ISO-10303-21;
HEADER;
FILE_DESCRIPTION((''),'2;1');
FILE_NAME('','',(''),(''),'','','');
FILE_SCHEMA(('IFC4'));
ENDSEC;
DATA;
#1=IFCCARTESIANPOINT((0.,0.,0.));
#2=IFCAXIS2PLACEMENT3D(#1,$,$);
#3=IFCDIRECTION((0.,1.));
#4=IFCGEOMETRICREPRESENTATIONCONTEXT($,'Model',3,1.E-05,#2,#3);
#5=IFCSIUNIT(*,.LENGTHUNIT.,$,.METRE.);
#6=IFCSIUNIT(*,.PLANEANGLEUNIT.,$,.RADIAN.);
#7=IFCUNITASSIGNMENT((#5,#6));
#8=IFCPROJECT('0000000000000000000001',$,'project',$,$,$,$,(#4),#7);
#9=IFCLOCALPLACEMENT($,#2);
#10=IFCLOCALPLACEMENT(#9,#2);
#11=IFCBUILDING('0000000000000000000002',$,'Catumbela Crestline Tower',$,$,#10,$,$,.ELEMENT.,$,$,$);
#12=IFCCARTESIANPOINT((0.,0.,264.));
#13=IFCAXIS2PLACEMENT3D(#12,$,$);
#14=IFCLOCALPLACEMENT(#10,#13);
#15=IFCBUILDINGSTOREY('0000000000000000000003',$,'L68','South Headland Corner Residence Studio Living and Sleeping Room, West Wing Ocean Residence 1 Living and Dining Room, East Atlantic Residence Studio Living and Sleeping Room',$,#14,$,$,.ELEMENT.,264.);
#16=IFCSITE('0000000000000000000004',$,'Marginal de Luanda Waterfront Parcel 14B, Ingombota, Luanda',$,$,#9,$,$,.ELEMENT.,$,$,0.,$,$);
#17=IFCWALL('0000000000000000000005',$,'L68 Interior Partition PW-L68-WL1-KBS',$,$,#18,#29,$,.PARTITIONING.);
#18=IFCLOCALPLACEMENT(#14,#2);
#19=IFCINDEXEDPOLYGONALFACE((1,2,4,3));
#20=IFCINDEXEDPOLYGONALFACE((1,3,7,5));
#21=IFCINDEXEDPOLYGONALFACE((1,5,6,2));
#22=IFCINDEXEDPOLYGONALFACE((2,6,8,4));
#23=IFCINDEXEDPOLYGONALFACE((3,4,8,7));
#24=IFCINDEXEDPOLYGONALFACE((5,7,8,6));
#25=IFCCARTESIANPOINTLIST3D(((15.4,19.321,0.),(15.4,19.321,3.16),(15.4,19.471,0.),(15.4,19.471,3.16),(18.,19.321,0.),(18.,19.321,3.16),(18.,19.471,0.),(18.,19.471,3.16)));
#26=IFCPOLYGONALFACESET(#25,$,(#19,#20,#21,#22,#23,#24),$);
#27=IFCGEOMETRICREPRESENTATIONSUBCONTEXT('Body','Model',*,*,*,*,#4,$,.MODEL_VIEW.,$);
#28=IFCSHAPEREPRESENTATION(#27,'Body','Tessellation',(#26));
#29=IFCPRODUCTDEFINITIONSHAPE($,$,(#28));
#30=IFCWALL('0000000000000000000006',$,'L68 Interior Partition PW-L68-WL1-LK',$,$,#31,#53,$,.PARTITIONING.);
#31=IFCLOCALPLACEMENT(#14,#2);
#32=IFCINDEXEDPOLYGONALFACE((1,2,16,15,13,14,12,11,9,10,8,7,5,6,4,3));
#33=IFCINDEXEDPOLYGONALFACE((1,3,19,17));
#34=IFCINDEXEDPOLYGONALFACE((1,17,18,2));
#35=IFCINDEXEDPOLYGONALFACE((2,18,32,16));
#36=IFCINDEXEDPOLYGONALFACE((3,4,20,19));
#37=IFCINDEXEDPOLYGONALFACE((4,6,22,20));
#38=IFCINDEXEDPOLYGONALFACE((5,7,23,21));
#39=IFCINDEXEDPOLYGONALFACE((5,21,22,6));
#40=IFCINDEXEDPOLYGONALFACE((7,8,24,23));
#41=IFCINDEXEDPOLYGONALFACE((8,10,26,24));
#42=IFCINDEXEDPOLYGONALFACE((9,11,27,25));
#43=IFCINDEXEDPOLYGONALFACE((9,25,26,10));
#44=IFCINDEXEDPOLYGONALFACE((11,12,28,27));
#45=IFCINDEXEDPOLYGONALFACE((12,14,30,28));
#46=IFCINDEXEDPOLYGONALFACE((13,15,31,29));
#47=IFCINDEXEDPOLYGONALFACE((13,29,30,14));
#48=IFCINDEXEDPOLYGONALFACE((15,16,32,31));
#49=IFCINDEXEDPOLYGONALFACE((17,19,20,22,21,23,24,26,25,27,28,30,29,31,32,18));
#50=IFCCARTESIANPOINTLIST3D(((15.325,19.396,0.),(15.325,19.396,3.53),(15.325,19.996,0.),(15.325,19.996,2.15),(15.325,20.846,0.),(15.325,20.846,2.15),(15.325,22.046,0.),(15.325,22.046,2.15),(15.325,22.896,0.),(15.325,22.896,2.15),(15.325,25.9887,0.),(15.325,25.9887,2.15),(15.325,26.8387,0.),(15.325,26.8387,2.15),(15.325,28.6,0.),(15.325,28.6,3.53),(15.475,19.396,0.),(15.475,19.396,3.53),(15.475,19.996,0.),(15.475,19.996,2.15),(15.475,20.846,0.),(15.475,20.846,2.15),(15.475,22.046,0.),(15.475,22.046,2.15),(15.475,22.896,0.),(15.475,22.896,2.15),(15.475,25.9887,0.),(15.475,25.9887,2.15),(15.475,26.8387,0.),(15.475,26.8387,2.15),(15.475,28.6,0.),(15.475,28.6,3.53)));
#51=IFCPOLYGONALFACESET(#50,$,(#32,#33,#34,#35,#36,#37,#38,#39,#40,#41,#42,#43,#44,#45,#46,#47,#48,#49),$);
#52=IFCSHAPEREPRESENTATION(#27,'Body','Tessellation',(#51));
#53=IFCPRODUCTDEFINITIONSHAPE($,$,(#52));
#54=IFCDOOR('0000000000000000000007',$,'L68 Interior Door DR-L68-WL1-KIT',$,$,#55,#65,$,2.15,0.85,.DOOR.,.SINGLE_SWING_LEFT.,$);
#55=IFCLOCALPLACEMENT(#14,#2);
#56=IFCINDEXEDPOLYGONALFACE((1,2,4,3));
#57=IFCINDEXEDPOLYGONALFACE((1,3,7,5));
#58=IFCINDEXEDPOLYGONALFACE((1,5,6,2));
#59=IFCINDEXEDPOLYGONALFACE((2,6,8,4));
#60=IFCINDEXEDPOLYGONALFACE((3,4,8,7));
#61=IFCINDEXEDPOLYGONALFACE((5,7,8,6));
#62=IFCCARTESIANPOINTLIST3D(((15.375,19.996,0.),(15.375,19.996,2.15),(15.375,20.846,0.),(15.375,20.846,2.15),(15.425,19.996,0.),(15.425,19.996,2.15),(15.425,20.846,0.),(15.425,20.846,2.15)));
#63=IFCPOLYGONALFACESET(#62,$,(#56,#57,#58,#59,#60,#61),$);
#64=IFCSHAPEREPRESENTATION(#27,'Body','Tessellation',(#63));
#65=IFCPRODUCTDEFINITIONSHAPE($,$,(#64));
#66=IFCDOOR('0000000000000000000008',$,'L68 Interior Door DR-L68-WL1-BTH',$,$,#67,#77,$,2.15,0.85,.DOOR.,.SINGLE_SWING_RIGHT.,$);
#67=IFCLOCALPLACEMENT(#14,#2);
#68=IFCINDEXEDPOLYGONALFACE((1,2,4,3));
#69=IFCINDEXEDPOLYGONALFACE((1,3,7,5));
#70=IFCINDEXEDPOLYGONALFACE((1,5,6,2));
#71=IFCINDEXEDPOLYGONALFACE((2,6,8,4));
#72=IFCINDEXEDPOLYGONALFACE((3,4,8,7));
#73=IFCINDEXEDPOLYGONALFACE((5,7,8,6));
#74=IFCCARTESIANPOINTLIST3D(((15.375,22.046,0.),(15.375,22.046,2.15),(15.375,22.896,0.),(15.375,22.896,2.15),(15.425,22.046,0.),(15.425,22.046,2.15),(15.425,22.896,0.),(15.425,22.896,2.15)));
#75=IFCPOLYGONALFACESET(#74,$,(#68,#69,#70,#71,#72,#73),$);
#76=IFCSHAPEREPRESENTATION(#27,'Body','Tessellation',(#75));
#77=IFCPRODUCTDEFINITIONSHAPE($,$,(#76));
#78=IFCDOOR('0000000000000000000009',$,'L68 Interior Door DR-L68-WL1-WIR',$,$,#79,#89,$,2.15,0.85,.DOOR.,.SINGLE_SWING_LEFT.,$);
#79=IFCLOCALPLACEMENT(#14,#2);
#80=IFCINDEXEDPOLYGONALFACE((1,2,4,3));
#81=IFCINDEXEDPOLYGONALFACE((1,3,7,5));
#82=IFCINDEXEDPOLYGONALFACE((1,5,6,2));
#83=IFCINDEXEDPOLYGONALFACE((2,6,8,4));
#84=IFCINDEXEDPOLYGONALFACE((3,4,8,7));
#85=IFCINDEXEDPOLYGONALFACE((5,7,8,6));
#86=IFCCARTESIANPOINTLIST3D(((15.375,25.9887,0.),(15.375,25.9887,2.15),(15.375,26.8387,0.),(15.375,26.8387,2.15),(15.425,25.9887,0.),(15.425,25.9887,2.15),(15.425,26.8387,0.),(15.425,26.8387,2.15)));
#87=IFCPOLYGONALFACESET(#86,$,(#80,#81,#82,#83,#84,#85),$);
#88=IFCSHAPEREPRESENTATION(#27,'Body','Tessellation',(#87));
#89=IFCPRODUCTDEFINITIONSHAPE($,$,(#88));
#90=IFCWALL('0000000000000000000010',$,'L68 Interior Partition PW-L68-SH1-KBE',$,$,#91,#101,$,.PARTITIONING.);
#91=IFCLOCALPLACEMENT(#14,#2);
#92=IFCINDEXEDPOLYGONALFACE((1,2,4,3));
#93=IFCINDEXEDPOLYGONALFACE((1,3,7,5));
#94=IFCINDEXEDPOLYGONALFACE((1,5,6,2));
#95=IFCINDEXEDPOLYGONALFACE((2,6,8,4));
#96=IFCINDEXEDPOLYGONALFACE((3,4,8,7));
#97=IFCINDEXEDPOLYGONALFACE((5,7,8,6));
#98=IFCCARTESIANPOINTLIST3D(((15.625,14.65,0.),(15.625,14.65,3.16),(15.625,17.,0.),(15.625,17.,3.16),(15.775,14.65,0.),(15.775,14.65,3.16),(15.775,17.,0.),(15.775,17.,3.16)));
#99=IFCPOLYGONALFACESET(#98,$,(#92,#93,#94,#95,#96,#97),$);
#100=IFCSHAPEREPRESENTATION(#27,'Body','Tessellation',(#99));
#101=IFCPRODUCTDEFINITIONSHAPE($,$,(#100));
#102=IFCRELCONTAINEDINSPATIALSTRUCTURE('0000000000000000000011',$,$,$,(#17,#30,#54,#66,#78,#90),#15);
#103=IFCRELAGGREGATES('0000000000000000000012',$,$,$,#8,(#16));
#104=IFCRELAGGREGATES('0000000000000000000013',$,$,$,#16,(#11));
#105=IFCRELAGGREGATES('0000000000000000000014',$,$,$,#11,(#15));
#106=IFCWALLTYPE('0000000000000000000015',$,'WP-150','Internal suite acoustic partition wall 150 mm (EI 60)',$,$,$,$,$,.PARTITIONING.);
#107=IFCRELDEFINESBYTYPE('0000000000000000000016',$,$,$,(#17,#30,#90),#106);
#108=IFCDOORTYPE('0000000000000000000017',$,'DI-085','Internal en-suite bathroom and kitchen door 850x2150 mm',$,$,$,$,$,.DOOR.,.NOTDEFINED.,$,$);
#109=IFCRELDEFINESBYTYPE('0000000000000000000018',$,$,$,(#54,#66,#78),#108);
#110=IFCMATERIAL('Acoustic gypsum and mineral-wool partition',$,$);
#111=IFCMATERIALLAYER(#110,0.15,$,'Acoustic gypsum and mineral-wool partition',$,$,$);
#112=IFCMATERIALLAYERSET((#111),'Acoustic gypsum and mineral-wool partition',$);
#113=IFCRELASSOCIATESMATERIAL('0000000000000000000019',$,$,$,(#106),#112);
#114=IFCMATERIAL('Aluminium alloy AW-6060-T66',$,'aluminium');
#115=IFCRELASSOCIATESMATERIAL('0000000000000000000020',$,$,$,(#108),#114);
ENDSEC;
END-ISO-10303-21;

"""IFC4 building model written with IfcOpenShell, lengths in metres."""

from ifc_helpers import new_model, si_unit, direction, frame, frame_2d, origin, place, context, subcontext, project, spatial, rectangle, extrude, material, layer, layer_set, type_object, element, fill, save


model = new_model("IFC4")

# Units and contexts
model_context = context("Model", 3, precision=1e-05, world=origin(), true_north=direction((0.0, 1.0)))
body_context = subcontext(model_context, "Body", "Model", "MODEL_VIEW")
ifc_project = project(units=[si_unit("LENGTHUNIT", "METRE"), si_unit("PLANEANGLEUNIT", "RADIAN")], contexts=[model_context])

# Site, building, storey
site_placement = place(None, origin())
site = spatial("IfcSite", under=ifc_project, at=site_placement, Name="Marginal de Luanda Waterfront Parcel 14B, Ingombota, Luanda", CompositionType="ELEMENT", RefElevation=0.0)
building_placement = place(site_placement, origin())
building = spatial("IfcBuilding", under=site, at=building_placement, Name="Catumbela Crestline Tower", CompositionType="ELEMENT")
storey_placement = place(building_placement, frame((0.0, 0.0, 264.0)))
storey = spatial("IfcBuildingStorey", under=building, at=storey_placement, Name="L68", Description="South Headland Corner Residence Studio Living and Sleeping Room, West Wing Ocean Residence 1 Living and Dining Room, East Atlantic Residence Studio Living and Sleeping Room", CompositionType="ELEMENT", Elevation=264.0)

# Shared definitions
ifc_material_1 = material(Name="Aluminium alloy AW-6060-T66", Category="aluminium")

# Shared definitions
ifc_material_2 = material(Name="Acoustic gypsum and mineral-wool partition")

# Wall
ifc_layer_1 = layer(ifc_material_2, 0.15, Name="Acoustic gypsum and mineral-wool partition")
ifc_layer_set_1 = layer_set([ifc_layer_1], Name="Acoustic gypsum and mineral-wool partition")
wall_type_1 = type_object("IfcWallType", Name="WP-150", Description="Internal suite acoustic partition wall 150 mm (EI 60)", PredefinedType="PARTITIONING", material=ifc_layer_set_1)
wall_1_placement = place(storey_placement, frame((15.4, 19.396, 0.0), z_axis=(0.0, 0.0, 1.0), x_axis=(1.0, 0.0, 0.0)))
element("IfcWall", 1, at=wall_1_placement, inside=storey, type_object=wall_type_1, Name="L68 Interior Partition PW-L68-WL1-KBS", PredefinedType="PARTITIONING", context=body_context, shape_type="SweptSolid", body=[
    extrude(rectangle(XDim=2.6, YDim=0.15, at=frame_2d((1.3, 0.0))), origin(), (0.0, 0.0, 1.0), 3.16),
])

# Wall, openings, doors
wall_2_placement = place(storey_placement, frame((15.4, 19.396, 0.0), z_axis=(0.0, 0.0, 1.0), x_axis=(0.0, 1.0, 0.0)))
wall_2 = element("IfcWall", 2, at=wall_2_placement, inside=storey, type_object=wall_type_1, Name="L68 Interior Partition PW-L68-WL1-LK", PredefinedType="PARTITIONING", context=body_context, shape_type="SweptSolid", body=[
    extrude(rectangle(XDim=9.204, YDim=0.15, at=frame_2d((4.602, 0.0))), origin(), (0.0, 0.0, 1.0), 3.53),
])
opening_1_placement = place(wall_2_placement, frame((0.6, 0.0, 0.0)))
opening_1 = element("IfcOpeningElement", 3, at=opening_1_placement, cuts=wall_2, PredefinedType="OPENING", context=body_context, shape_type="SweptSolid", body=[
    extrude(rectangle(XDim=0.85, YDim=2.15, at=frame_2d((0.425, 1.075))), frame((0.0, 0.085, 0.0), z_axis=(0.0, -1.0, 0.0), x_axis=(1.0, 0.0, 0.0)), (0.0, 0.0, 1.0), 0.17),
])
opening_2_placement = place(wall_2_placement, frame((2.65, 0.0, 0.0)))
opening_2 = element("IfcOpeningElement", 4, at=opening_2_placement, cuts=wall_2, PredefinedType="OPENING", context=body_context, shape_type="SweptSolid", body=[
    extrude(rectangle(XDim=0.85, YDim=2.15, at=frame_2d((0.425, 1.075))), frame((0.0, 0.085, 0.0), z_axis=(0.0, -1.0, 0.0), x_axis=(1.0, 0.0, 0.0)), (0.0, 0.0, 1.0), 0.17),
])
opening_3_placement = place(wall_2_placement, frame((6.5927, 0.0, 0.0)))
opening_3 = element("IfcOpeningElement", 5, at=opening_3_placement, cuts=wall_2, PredefinedType="OPENING", context=body_context, shape_type="SweptSolid", body=[
    extrude(rectangle(XDim=0.85, YDim=2.15, at=frame_2d((0.425, 1.075))), frame((0.0, 0.085, 0.0), z_axis=(0.0, -1.0, 0.0), x_axis=(1.0, 0.0, 0.0)), (0.0, 0.0, 1.0), 0.17),
])
door_type_1 = type_object("IfcDoorType", Name="DI-085", Description="Internal en-suite bathroom and kitchen door 850x2150 mm", OperationType="NOTDEFINED", PredefinedType="DOOR", material=ifc_material_1)
door_1_placement = place(opening_1_placement, origin())
door_1 = element("IfcDoor", 6, at=door_1_placement, inside=storey, type_object=door_type_1, Name="L68 Interior Door DR-L68-WL1-KIT", OperationType="SINGLE_SWING_LEFT", OverallHeight=2.15, OverallWidth=0.85, PredefinedType="DOOR", context=body_context, shape_type="SweptSolid", body=[
    extrude(rectangle(XDim=0.85, YDim=2.15, at=frame_2d((0.425, 1.075))), frame((0.0, 0.025, 0.0), z_axis=(0.0, -1.0, 0.0), x_axis=(1.0, 0.0, 0.0)), (0.0, 0.0, 1.0), 0.05),
])
fill(opening_1, door_1)
door_2_placement = place(opening_2_placement, origin())
door_2 = element("IfcDoor", 7, at=door_2_placement, inside=storey, type_object=door_type_1, Name="L68 Interior Door DR-L68-WL1-BTH", OperationType="SINGLE_SWING_RIGHT", OverallHeight=2.15, OverallWidth=0.85, PredefinedType="DOOR", context=body_context, shape_type="SweptSolid", body=[
    extrude(rectangle(XDim=0.85, YDim=2.15, at=frame_2d((0.425, 1.075))), frame((0.0, 0.025, 0.0), z_axis=(0.0, -1.0, 0.0), x_axis=(1.0, 0.0, 0.0)), (0.0, 0.0, 1.0), 0.05),
])
fill(opening_2, door_2)
door_3_placement = place(opening_3_placement, origin())
door_3 = element("IfcDoor", 8, at=door_3_placement, inside=storey, type_object=door_type_1, Name="L68 Interior Door DR-L68-WL1-WIR", OperationType="SINGLE_SWING_LEFT", OverallHeight=2.15, OverallWidth=0.85, PredefinedType="DOOR", context=body_context, shape_type="SweptSolid", body=[
    extrude(rectangle(XDim=0.85, YDim=2.15, at=frame_2d((0.425, 1.075))), frame((0.0, 0.025, 0.0), z_axis=(0.0, -1.0, 0.0), x_axis=(1.0, 0.0, 0.0)), (0.0, 0.0, 1.0), 0.05),
])
fill(opening_3, door_3)

# Wall
wall_3_placement = place(storey_placement, frame((15.7, 14.65, 0.0), z_axis=(0.0, 0.0, 1.0), x_axis=(0.0, 1.0, 0.0)))
element("IfcWall", 9, at=wall_3_placement, inside=storey, type_object=wall_type_1, Name="L68 Interior Partition PW-L68-SH1-KBE", PredefinedType="PARTITIONING", context=body_context, shape_type="SweptSolid", body=[
    extrude(rectangle(XDim=2.35, YDim=0.15, at=frame_2d((1.175, 0.0))), origin(), (0.0, 0.0, 1.0), 3.16),
])

save(model, "model.ifc")
